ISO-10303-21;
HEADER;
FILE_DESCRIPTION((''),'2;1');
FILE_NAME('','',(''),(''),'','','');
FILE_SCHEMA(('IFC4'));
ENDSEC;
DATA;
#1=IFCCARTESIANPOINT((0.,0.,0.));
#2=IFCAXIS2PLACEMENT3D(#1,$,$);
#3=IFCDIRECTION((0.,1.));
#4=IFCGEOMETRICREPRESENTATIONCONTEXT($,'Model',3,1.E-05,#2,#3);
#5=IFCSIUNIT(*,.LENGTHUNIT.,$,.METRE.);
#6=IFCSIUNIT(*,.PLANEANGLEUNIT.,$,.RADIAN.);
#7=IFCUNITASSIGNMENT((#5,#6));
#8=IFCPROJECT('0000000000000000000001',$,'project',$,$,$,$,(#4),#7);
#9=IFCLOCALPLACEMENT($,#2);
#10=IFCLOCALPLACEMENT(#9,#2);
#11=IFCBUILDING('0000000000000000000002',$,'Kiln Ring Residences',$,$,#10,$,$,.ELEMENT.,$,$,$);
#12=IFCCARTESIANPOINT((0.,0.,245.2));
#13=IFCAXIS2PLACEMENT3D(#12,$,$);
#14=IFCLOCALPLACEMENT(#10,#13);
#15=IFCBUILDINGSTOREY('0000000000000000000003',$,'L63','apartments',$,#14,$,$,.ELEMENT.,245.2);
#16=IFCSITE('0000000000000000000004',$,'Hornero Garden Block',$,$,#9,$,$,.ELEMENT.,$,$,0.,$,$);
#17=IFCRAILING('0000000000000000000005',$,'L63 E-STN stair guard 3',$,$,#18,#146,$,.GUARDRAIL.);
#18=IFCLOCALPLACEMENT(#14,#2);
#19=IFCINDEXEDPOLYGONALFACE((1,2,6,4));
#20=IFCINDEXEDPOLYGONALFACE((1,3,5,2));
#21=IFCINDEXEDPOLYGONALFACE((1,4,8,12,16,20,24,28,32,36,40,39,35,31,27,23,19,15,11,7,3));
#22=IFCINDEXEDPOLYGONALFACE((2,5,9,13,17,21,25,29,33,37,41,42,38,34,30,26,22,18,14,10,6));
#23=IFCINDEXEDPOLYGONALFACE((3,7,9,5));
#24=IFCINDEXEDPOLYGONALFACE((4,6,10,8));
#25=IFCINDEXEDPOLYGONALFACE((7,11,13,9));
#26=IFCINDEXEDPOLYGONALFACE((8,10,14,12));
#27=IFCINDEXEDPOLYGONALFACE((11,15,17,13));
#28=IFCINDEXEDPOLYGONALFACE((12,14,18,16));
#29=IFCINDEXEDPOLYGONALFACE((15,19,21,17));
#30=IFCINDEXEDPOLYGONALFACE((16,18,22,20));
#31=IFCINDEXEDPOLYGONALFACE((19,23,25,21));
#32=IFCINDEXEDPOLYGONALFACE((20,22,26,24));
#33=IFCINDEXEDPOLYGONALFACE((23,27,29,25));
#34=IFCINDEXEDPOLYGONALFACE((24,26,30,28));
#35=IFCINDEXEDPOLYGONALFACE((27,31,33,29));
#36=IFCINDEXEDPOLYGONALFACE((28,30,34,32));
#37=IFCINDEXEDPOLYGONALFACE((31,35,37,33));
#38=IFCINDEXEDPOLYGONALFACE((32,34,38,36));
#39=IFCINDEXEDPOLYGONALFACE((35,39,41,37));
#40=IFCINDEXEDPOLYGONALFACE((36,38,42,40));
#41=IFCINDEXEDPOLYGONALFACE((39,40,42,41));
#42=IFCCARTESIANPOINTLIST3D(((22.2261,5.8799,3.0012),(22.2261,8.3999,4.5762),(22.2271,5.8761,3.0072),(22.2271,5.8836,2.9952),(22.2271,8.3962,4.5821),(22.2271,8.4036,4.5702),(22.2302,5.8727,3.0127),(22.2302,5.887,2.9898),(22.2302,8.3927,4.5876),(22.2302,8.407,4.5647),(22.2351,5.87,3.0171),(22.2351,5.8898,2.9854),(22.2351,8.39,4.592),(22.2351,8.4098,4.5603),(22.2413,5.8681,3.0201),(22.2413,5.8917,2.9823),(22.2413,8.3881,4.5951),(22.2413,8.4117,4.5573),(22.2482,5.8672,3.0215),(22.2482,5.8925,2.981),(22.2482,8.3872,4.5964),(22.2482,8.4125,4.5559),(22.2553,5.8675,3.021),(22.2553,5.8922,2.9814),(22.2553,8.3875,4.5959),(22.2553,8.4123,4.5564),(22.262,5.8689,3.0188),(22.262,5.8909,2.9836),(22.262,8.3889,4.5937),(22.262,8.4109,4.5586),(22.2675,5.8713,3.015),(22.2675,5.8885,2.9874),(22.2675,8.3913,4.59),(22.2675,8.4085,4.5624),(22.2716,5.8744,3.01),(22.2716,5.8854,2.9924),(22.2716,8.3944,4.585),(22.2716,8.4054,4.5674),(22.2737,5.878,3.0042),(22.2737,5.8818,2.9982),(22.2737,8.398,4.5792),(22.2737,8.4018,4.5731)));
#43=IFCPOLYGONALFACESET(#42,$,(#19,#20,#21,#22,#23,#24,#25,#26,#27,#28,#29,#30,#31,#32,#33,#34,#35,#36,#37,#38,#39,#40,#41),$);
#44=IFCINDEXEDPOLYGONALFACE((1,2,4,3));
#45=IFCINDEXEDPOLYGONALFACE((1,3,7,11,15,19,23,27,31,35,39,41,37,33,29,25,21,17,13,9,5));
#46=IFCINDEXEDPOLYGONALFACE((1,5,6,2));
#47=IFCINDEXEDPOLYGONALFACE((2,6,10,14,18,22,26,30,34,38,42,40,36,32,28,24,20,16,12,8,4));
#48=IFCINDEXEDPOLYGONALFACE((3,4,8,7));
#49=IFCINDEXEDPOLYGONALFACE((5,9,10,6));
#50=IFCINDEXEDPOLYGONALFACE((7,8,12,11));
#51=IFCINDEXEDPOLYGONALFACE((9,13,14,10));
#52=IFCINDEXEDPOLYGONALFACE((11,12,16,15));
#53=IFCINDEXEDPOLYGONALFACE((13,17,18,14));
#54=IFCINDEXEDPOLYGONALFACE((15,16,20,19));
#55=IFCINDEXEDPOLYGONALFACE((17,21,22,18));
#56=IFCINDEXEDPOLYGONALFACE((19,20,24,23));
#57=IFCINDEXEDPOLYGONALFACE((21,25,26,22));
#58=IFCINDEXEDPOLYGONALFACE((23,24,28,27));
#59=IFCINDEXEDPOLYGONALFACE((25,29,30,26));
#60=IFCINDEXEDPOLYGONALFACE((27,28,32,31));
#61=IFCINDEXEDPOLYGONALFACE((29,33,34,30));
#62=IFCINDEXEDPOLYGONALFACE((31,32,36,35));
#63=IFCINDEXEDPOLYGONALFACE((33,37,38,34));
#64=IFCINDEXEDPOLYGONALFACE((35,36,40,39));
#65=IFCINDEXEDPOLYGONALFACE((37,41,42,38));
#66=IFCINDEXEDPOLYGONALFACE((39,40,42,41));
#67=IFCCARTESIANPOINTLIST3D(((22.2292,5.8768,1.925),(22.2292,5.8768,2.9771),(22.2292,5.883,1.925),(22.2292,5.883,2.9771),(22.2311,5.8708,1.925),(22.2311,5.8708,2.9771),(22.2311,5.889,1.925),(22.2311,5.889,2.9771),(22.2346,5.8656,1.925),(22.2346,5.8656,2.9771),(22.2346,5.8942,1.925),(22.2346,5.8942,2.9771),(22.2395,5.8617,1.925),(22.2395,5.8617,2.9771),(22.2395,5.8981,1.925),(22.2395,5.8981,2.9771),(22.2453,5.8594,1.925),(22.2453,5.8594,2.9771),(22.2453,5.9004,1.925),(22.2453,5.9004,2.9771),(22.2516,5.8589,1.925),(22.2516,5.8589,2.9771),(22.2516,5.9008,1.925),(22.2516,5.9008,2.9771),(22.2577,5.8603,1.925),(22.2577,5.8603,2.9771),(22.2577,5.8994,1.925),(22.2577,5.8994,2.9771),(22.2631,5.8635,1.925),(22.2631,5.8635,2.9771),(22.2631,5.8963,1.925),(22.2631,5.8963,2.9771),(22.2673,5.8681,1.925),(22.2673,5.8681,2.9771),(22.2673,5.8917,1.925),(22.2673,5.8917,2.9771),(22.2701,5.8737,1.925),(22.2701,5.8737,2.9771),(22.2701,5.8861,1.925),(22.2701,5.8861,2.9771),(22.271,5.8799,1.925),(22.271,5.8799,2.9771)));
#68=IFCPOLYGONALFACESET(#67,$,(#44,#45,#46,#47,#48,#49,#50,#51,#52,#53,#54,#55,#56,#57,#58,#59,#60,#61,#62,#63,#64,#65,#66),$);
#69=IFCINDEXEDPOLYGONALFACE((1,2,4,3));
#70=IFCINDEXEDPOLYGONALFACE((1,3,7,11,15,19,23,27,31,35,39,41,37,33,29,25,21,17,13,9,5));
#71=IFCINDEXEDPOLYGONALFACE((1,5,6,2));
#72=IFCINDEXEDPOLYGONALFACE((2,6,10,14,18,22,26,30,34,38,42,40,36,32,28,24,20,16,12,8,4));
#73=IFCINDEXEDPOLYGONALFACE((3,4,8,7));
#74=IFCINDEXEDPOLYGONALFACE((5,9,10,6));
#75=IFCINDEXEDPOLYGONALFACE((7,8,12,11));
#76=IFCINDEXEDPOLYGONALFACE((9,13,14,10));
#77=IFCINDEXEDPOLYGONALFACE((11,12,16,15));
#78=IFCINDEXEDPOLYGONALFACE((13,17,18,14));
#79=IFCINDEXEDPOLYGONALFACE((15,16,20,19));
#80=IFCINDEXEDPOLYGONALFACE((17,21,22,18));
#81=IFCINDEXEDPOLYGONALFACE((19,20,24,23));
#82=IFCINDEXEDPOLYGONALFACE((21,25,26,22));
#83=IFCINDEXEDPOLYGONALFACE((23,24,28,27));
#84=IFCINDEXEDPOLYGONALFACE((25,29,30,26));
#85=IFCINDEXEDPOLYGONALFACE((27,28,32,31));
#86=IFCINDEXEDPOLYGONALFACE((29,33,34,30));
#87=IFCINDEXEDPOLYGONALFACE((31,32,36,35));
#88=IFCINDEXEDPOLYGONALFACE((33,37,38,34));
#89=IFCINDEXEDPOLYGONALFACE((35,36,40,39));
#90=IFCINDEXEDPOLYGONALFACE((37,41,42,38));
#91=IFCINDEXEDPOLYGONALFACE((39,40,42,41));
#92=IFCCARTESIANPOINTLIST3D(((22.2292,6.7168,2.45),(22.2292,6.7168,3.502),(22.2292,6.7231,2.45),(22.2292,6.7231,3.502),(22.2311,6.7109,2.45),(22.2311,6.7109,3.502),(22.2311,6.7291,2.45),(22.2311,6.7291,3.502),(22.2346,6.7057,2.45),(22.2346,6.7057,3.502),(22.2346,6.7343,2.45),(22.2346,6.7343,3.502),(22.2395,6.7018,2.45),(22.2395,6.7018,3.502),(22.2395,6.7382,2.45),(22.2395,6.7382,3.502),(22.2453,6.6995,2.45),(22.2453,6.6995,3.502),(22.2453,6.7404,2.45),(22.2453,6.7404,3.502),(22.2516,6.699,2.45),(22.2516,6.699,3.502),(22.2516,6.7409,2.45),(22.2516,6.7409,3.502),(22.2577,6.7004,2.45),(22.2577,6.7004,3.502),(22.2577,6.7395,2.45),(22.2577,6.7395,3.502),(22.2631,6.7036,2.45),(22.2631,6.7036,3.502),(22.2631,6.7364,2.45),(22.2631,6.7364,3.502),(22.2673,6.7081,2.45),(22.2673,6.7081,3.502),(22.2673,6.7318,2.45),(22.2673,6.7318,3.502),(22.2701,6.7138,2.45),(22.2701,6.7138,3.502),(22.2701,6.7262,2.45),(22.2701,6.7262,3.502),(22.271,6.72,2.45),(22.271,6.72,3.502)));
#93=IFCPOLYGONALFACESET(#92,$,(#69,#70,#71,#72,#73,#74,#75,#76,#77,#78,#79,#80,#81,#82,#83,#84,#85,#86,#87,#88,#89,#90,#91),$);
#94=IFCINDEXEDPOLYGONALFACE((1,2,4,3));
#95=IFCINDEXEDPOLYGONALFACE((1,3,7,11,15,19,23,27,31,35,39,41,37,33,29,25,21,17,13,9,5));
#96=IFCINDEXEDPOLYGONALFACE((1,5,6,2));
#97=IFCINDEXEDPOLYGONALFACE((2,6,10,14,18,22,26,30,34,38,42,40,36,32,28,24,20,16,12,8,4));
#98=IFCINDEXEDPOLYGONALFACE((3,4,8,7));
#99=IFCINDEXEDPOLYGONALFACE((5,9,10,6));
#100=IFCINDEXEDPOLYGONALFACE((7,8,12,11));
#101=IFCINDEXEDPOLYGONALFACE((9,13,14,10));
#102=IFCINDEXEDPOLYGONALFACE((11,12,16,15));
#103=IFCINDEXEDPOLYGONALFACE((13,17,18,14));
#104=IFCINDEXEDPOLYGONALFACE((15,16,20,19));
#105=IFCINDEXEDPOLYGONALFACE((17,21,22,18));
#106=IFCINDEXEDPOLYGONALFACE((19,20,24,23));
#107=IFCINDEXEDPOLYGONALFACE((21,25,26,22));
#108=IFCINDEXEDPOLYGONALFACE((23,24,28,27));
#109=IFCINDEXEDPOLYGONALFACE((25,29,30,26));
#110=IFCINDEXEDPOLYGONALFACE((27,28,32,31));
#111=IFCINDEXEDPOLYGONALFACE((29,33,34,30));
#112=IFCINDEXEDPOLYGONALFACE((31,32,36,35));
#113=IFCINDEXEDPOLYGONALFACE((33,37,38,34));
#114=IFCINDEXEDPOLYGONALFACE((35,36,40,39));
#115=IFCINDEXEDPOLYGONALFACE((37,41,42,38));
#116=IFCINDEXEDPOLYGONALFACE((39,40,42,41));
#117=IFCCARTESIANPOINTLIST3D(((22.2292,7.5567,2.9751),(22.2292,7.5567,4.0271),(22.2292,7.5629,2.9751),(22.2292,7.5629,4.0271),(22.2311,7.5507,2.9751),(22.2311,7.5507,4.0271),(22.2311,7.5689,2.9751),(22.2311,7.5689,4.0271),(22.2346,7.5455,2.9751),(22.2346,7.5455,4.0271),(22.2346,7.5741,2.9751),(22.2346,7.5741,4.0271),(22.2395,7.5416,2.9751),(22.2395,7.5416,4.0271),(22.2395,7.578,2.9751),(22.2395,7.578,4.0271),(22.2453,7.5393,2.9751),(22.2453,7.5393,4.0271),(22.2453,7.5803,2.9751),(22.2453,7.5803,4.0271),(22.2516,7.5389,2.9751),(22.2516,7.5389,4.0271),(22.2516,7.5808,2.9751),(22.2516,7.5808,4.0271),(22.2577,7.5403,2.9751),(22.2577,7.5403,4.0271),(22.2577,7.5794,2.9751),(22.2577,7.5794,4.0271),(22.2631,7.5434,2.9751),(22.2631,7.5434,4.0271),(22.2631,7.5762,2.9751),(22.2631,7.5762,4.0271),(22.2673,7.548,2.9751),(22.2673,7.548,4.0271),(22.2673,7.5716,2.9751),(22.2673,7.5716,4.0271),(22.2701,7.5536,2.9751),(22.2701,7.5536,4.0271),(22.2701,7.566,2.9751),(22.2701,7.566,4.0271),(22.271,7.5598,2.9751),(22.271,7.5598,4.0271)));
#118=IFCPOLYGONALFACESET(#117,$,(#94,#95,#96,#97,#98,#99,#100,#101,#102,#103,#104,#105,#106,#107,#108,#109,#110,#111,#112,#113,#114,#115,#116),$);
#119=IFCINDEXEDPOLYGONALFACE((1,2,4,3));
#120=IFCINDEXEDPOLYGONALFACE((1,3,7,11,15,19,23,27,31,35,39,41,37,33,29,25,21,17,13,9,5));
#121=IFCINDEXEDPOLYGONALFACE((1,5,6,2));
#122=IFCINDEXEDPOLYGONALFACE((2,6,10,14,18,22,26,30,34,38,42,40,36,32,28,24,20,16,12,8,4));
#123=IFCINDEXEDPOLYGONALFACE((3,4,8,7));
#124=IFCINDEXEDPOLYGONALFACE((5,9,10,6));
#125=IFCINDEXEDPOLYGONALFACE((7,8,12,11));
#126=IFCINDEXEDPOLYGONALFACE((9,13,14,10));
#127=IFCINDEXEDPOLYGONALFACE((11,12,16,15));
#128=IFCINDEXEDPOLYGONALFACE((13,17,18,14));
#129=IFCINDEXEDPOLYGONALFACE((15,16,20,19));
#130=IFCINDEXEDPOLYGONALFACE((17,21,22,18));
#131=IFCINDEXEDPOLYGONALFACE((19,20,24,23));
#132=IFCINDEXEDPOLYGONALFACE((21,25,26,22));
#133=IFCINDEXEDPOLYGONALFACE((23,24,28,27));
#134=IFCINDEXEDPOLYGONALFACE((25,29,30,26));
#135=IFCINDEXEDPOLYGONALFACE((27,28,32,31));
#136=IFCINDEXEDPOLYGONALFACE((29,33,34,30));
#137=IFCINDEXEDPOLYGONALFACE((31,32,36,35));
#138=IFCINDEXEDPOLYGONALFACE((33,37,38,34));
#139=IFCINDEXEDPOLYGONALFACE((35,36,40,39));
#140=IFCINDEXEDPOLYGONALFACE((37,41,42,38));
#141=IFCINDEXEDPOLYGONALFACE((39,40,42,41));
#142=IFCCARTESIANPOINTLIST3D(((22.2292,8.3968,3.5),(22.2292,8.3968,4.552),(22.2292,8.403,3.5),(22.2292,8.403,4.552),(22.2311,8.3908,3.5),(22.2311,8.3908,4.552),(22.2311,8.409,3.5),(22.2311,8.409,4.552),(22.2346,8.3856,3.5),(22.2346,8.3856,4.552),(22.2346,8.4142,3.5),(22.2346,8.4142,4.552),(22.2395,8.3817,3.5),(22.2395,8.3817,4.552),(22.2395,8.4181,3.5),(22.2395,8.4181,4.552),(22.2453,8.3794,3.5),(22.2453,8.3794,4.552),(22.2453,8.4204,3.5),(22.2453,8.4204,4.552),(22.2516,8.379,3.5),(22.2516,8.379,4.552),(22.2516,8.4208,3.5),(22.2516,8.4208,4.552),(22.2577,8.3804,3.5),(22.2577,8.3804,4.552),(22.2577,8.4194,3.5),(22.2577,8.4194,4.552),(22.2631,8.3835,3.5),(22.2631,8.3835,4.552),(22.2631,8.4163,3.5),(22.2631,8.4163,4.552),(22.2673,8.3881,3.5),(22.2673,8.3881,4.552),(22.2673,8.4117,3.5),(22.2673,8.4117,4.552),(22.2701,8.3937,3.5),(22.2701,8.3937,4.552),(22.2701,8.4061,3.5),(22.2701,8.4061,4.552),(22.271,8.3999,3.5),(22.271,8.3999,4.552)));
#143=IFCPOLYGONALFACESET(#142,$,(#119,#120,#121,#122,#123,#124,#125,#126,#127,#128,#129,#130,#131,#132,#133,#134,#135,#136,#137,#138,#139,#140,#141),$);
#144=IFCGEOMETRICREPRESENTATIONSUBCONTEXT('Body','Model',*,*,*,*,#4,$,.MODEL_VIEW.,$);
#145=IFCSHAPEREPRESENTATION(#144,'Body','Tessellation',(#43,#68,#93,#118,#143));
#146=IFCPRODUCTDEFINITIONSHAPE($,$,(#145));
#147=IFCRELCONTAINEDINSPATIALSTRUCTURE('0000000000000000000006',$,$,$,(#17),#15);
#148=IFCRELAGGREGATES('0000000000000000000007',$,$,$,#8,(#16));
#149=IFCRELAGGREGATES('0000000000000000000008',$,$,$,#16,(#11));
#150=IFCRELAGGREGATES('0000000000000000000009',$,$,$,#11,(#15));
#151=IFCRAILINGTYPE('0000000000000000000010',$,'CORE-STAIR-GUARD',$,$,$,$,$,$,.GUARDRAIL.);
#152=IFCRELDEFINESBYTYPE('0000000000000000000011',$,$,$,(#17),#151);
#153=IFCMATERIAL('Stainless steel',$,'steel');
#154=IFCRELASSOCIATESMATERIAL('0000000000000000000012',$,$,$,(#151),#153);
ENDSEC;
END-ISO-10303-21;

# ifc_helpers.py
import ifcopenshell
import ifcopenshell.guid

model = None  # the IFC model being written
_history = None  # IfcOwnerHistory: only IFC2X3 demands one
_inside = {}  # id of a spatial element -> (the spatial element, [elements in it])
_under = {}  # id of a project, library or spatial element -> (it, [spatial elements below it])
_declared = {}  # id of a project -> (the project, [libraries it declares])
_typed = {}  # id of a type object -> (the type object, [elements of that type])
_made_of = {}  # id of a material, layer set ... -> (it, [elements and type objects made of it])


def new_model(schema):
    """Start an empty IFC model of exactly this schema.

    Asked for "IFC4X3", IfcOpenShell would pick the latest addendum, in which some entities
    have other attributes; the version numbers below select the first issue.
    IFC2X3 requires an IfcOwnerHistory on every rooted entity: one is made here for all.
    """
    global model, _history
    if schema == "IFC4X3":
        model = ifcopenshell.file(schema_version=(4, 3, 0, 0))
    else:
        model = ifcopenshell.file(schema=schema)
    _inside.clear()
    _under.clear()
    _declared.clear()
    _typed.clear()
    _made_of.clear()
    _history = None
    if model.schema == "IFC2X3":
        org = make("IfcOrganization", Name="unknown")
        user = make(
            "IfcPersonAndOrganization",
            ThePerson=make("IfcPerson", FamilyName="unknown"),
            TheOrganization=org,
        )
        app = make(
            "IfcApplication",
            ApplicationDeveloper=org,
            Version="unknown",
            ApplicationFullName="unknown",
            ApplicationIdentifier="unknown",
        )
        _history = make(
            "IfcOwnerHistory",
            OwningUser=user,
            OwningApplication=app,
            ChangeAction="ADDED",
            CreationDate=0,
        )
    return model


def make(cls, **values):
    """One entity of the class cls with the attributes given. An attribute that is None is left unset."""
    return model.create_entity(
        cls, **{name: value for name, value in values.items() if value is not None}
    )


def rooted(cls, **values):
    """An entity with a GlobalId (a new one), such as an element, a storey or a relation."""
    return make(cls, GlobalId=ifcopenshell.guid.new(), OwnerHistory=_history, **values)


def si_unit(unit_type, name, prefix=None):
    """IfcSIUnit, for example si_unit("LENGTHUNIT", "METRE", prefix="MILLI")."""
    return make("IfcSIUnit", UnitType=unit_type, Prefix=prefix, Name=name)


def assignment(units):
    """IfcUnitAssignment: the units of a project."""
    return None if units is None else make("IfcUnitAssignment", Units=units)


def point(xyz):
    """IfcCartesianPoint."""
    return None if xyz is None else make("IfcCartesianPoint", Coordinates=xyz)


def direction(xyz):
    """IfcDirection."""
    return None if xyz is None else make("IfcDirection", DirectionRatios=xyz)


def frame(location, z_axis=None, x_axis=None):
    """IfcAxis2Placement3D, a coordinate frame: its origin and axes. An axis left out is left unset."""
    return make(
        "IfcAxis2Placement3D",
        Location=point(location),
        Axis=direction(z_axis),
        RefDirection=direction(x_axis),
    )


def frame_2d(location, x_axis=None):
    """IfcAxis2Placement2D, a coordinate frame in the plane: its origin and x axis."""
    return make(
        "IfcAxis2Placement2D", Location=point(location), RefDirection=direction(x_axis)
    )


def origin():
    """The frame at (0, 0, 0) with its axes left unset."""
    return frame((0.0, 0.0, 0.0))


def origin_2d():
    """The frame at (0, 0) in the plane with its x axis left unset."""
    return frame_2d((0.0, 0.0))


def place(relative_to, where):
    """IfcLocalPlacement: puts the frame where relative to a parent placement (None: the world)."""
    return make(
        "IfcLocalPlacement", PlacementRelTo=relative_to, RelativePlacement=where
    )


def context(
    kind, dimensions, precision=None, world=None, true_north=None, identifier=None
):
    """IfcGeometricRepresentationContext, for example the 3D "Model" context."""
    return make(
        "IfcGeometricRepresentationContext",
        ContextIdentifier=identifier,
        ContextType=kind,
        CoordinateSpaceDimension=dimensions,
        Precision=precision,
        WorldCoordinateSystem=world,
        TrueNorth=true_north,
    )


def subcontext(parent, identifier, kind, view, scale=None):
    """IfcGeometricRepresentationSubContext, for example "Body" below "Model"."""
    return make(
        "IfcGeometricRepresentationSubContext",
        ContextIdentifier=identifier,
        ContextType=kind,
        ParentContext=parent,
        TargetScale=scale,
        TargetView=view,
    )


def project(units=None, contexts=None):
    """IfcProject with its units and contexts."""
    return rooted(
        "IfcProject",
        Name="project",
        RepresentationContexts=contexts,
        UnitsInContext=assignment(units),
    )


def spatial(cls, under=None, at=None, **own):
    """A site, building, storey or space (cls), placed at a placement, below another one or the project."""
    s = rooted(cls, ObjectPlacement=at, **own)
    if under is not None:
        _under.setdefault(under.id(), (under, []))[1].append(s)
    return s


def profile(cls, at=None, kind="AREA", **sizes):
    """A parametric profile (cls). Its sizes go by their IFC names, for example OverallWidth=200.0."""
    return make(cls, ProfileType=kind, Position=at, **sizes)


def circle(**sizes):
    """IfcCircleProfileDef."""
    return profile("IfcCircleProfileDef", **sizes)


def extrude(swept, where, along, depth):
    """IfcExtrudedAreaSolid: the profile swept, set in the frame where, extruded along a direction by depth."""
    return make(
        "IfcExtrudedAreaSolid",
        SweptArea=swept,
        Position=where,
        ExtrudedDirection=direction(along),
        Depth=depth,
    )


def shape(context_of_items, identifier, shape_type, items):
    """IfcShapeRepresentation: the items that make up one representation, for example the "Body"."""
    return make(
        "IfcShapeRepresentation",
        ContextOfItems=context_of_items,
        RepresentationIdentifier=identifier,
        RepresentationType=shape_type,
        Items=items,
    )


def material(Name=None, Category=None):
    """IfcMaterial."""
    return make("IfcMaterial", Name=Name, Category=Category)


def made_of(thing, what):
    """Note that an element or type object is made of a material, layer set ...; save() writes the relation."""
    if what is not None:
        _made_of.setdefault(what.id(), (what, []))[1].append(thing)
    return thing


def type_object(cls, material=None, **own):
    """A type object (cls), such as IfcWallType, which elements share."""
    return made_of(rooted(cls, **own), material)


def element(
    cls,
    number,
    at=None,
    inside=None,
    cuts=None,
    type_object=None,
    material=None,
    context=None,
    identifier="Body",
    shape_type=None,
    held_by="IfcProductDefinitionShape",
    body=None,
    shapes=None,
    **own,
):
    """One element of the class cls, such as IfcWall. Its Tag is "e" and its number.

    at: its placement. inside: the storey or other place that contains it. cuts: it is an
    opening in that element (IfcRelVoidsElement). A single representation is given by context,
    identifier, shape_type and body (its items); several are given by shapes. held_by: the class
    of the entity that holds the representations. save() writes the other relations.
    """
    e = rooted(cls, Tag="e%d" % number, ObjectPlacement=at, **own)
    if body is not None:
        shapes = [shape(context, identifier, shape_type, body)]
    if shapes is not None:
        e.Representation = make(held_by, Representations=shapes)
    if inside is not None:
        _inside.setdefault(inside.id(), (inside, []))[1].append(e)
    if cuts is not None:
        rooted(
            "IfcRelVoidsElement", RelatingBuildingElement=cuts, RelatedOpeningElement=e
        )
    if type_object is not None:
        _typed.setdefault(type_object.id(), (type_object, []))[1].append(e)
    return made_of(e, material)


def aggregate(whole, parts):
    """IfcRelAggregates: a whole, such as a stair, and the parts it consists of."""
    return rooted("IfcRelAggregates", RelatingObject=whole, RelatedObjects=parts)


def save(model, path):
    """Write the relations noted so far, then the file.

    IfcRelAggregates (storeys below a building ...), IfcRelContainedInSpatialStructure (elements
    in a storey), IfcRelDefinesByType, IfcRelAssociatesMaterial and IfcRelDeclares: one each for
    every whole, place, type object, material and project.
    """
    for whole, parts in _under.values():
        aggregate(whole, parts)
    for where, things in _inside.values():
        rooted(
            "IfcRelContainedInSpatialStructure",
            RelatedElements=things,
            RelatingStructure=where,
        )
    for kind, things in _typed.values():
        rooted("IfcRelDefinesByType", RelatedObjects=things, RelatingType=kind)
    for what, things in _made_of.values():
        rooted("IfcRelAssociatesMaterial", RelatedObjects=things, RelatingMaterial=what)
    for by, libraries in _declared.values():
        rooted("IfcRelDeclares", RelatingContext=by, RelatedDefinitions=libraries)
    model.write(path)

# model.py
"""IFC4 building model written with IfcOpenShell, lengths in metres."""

from ifc_helpers import new_model, si_unit, direction, frame, origin, origin_2d, place, context, subcontext, project, spatial, circle, extrude, material, type_object, element, save


model = new_model("IFC4")

# Units and contexts
model_context = context("Model", 3, precision=1e-05, world=origin(), true_north=direction((0.0, 1.0)))
body_context = subcontext(model_context, "Body", "Model", "MODEL_VIEW")
ifc_project = project(units=[si_unit("LENGTHUNIT", "METRE"), si_unit("PLANEANGLEUNIT", "RADIAN")], contexts=[model_context])

# Site, building, storey
site_placement = place(None, origin())
site = spatial("IfcSite", under=ifc_project, at=site_placement, Name="Hornero Garden Block", CompositionType="ELEMENT", RefElevation=0.0)
building_placement = place(site_placement, origin())
building = spatial("IfcBuilding", under=site, at=building_placement, Name="Kiln Ring Residences", CompositionType="ELEMENT")
storey_placement = place(building_placement, frame((0.0, 0.0, 245.2)))
storey = spatial("IfcBuildingStorey", under=building, at=storey_placement, Name="L63", Description="apartments", CompositionType="ELEMENT", Elevation=245.2)

# Railing
ifc_material_1 = material(Name="Stainless steel", Category="steel")
railing_type_1 = type_object("IfcRailingType", Name="CORE-STAIR-GUARD", PredefinedType="GUARDRAIL", material=ifc_material_1)
railing_1_placement = place(storey_placement, frame((22.25, 5.8799, 1.925)))
element("IfcRailing", 1, at=railing_1_placement, inside=storey, type_object=railing_type_1, Name="L63 E-STN stair guard 3", PredefinedType="GUARDRAIL", context=body_context, shape_type="SweptSolid", body=[
    extrude(circle(Radius=0.0239, at=origin_2d()), frame((0.0, 0.0, 1.0762), z_axis=(0.0, 0.848008, 0.529984), x_axis=(-1.0, 0.0, 0.0)), (0.0, 0.0, 1.0), 2.9717),
    extrude(circle(Radius=0.021, at=origin_2d()), origin(), (0.0, 0.0, 1.0), 1.052),
    extrude(circle(Radius=0.021, at=origin_2d()), frame((0.0, 0.8401, 0.5249)), (0.0, 0.0, 1.0), 1.052),
    extrude(circle(Radius=0.021, at=origin_2d()), frame((0.0, 1.6799, 1.05)), (0.0, 0.0, 1.0), 1.052),
    extrude(circle(Radius=0.021, at=origin_2d()), frame((0.0, 2.52, 1.575)), (0.0, 0.0, 1.0), 1.052),
])

save(model, "model.ifc")
